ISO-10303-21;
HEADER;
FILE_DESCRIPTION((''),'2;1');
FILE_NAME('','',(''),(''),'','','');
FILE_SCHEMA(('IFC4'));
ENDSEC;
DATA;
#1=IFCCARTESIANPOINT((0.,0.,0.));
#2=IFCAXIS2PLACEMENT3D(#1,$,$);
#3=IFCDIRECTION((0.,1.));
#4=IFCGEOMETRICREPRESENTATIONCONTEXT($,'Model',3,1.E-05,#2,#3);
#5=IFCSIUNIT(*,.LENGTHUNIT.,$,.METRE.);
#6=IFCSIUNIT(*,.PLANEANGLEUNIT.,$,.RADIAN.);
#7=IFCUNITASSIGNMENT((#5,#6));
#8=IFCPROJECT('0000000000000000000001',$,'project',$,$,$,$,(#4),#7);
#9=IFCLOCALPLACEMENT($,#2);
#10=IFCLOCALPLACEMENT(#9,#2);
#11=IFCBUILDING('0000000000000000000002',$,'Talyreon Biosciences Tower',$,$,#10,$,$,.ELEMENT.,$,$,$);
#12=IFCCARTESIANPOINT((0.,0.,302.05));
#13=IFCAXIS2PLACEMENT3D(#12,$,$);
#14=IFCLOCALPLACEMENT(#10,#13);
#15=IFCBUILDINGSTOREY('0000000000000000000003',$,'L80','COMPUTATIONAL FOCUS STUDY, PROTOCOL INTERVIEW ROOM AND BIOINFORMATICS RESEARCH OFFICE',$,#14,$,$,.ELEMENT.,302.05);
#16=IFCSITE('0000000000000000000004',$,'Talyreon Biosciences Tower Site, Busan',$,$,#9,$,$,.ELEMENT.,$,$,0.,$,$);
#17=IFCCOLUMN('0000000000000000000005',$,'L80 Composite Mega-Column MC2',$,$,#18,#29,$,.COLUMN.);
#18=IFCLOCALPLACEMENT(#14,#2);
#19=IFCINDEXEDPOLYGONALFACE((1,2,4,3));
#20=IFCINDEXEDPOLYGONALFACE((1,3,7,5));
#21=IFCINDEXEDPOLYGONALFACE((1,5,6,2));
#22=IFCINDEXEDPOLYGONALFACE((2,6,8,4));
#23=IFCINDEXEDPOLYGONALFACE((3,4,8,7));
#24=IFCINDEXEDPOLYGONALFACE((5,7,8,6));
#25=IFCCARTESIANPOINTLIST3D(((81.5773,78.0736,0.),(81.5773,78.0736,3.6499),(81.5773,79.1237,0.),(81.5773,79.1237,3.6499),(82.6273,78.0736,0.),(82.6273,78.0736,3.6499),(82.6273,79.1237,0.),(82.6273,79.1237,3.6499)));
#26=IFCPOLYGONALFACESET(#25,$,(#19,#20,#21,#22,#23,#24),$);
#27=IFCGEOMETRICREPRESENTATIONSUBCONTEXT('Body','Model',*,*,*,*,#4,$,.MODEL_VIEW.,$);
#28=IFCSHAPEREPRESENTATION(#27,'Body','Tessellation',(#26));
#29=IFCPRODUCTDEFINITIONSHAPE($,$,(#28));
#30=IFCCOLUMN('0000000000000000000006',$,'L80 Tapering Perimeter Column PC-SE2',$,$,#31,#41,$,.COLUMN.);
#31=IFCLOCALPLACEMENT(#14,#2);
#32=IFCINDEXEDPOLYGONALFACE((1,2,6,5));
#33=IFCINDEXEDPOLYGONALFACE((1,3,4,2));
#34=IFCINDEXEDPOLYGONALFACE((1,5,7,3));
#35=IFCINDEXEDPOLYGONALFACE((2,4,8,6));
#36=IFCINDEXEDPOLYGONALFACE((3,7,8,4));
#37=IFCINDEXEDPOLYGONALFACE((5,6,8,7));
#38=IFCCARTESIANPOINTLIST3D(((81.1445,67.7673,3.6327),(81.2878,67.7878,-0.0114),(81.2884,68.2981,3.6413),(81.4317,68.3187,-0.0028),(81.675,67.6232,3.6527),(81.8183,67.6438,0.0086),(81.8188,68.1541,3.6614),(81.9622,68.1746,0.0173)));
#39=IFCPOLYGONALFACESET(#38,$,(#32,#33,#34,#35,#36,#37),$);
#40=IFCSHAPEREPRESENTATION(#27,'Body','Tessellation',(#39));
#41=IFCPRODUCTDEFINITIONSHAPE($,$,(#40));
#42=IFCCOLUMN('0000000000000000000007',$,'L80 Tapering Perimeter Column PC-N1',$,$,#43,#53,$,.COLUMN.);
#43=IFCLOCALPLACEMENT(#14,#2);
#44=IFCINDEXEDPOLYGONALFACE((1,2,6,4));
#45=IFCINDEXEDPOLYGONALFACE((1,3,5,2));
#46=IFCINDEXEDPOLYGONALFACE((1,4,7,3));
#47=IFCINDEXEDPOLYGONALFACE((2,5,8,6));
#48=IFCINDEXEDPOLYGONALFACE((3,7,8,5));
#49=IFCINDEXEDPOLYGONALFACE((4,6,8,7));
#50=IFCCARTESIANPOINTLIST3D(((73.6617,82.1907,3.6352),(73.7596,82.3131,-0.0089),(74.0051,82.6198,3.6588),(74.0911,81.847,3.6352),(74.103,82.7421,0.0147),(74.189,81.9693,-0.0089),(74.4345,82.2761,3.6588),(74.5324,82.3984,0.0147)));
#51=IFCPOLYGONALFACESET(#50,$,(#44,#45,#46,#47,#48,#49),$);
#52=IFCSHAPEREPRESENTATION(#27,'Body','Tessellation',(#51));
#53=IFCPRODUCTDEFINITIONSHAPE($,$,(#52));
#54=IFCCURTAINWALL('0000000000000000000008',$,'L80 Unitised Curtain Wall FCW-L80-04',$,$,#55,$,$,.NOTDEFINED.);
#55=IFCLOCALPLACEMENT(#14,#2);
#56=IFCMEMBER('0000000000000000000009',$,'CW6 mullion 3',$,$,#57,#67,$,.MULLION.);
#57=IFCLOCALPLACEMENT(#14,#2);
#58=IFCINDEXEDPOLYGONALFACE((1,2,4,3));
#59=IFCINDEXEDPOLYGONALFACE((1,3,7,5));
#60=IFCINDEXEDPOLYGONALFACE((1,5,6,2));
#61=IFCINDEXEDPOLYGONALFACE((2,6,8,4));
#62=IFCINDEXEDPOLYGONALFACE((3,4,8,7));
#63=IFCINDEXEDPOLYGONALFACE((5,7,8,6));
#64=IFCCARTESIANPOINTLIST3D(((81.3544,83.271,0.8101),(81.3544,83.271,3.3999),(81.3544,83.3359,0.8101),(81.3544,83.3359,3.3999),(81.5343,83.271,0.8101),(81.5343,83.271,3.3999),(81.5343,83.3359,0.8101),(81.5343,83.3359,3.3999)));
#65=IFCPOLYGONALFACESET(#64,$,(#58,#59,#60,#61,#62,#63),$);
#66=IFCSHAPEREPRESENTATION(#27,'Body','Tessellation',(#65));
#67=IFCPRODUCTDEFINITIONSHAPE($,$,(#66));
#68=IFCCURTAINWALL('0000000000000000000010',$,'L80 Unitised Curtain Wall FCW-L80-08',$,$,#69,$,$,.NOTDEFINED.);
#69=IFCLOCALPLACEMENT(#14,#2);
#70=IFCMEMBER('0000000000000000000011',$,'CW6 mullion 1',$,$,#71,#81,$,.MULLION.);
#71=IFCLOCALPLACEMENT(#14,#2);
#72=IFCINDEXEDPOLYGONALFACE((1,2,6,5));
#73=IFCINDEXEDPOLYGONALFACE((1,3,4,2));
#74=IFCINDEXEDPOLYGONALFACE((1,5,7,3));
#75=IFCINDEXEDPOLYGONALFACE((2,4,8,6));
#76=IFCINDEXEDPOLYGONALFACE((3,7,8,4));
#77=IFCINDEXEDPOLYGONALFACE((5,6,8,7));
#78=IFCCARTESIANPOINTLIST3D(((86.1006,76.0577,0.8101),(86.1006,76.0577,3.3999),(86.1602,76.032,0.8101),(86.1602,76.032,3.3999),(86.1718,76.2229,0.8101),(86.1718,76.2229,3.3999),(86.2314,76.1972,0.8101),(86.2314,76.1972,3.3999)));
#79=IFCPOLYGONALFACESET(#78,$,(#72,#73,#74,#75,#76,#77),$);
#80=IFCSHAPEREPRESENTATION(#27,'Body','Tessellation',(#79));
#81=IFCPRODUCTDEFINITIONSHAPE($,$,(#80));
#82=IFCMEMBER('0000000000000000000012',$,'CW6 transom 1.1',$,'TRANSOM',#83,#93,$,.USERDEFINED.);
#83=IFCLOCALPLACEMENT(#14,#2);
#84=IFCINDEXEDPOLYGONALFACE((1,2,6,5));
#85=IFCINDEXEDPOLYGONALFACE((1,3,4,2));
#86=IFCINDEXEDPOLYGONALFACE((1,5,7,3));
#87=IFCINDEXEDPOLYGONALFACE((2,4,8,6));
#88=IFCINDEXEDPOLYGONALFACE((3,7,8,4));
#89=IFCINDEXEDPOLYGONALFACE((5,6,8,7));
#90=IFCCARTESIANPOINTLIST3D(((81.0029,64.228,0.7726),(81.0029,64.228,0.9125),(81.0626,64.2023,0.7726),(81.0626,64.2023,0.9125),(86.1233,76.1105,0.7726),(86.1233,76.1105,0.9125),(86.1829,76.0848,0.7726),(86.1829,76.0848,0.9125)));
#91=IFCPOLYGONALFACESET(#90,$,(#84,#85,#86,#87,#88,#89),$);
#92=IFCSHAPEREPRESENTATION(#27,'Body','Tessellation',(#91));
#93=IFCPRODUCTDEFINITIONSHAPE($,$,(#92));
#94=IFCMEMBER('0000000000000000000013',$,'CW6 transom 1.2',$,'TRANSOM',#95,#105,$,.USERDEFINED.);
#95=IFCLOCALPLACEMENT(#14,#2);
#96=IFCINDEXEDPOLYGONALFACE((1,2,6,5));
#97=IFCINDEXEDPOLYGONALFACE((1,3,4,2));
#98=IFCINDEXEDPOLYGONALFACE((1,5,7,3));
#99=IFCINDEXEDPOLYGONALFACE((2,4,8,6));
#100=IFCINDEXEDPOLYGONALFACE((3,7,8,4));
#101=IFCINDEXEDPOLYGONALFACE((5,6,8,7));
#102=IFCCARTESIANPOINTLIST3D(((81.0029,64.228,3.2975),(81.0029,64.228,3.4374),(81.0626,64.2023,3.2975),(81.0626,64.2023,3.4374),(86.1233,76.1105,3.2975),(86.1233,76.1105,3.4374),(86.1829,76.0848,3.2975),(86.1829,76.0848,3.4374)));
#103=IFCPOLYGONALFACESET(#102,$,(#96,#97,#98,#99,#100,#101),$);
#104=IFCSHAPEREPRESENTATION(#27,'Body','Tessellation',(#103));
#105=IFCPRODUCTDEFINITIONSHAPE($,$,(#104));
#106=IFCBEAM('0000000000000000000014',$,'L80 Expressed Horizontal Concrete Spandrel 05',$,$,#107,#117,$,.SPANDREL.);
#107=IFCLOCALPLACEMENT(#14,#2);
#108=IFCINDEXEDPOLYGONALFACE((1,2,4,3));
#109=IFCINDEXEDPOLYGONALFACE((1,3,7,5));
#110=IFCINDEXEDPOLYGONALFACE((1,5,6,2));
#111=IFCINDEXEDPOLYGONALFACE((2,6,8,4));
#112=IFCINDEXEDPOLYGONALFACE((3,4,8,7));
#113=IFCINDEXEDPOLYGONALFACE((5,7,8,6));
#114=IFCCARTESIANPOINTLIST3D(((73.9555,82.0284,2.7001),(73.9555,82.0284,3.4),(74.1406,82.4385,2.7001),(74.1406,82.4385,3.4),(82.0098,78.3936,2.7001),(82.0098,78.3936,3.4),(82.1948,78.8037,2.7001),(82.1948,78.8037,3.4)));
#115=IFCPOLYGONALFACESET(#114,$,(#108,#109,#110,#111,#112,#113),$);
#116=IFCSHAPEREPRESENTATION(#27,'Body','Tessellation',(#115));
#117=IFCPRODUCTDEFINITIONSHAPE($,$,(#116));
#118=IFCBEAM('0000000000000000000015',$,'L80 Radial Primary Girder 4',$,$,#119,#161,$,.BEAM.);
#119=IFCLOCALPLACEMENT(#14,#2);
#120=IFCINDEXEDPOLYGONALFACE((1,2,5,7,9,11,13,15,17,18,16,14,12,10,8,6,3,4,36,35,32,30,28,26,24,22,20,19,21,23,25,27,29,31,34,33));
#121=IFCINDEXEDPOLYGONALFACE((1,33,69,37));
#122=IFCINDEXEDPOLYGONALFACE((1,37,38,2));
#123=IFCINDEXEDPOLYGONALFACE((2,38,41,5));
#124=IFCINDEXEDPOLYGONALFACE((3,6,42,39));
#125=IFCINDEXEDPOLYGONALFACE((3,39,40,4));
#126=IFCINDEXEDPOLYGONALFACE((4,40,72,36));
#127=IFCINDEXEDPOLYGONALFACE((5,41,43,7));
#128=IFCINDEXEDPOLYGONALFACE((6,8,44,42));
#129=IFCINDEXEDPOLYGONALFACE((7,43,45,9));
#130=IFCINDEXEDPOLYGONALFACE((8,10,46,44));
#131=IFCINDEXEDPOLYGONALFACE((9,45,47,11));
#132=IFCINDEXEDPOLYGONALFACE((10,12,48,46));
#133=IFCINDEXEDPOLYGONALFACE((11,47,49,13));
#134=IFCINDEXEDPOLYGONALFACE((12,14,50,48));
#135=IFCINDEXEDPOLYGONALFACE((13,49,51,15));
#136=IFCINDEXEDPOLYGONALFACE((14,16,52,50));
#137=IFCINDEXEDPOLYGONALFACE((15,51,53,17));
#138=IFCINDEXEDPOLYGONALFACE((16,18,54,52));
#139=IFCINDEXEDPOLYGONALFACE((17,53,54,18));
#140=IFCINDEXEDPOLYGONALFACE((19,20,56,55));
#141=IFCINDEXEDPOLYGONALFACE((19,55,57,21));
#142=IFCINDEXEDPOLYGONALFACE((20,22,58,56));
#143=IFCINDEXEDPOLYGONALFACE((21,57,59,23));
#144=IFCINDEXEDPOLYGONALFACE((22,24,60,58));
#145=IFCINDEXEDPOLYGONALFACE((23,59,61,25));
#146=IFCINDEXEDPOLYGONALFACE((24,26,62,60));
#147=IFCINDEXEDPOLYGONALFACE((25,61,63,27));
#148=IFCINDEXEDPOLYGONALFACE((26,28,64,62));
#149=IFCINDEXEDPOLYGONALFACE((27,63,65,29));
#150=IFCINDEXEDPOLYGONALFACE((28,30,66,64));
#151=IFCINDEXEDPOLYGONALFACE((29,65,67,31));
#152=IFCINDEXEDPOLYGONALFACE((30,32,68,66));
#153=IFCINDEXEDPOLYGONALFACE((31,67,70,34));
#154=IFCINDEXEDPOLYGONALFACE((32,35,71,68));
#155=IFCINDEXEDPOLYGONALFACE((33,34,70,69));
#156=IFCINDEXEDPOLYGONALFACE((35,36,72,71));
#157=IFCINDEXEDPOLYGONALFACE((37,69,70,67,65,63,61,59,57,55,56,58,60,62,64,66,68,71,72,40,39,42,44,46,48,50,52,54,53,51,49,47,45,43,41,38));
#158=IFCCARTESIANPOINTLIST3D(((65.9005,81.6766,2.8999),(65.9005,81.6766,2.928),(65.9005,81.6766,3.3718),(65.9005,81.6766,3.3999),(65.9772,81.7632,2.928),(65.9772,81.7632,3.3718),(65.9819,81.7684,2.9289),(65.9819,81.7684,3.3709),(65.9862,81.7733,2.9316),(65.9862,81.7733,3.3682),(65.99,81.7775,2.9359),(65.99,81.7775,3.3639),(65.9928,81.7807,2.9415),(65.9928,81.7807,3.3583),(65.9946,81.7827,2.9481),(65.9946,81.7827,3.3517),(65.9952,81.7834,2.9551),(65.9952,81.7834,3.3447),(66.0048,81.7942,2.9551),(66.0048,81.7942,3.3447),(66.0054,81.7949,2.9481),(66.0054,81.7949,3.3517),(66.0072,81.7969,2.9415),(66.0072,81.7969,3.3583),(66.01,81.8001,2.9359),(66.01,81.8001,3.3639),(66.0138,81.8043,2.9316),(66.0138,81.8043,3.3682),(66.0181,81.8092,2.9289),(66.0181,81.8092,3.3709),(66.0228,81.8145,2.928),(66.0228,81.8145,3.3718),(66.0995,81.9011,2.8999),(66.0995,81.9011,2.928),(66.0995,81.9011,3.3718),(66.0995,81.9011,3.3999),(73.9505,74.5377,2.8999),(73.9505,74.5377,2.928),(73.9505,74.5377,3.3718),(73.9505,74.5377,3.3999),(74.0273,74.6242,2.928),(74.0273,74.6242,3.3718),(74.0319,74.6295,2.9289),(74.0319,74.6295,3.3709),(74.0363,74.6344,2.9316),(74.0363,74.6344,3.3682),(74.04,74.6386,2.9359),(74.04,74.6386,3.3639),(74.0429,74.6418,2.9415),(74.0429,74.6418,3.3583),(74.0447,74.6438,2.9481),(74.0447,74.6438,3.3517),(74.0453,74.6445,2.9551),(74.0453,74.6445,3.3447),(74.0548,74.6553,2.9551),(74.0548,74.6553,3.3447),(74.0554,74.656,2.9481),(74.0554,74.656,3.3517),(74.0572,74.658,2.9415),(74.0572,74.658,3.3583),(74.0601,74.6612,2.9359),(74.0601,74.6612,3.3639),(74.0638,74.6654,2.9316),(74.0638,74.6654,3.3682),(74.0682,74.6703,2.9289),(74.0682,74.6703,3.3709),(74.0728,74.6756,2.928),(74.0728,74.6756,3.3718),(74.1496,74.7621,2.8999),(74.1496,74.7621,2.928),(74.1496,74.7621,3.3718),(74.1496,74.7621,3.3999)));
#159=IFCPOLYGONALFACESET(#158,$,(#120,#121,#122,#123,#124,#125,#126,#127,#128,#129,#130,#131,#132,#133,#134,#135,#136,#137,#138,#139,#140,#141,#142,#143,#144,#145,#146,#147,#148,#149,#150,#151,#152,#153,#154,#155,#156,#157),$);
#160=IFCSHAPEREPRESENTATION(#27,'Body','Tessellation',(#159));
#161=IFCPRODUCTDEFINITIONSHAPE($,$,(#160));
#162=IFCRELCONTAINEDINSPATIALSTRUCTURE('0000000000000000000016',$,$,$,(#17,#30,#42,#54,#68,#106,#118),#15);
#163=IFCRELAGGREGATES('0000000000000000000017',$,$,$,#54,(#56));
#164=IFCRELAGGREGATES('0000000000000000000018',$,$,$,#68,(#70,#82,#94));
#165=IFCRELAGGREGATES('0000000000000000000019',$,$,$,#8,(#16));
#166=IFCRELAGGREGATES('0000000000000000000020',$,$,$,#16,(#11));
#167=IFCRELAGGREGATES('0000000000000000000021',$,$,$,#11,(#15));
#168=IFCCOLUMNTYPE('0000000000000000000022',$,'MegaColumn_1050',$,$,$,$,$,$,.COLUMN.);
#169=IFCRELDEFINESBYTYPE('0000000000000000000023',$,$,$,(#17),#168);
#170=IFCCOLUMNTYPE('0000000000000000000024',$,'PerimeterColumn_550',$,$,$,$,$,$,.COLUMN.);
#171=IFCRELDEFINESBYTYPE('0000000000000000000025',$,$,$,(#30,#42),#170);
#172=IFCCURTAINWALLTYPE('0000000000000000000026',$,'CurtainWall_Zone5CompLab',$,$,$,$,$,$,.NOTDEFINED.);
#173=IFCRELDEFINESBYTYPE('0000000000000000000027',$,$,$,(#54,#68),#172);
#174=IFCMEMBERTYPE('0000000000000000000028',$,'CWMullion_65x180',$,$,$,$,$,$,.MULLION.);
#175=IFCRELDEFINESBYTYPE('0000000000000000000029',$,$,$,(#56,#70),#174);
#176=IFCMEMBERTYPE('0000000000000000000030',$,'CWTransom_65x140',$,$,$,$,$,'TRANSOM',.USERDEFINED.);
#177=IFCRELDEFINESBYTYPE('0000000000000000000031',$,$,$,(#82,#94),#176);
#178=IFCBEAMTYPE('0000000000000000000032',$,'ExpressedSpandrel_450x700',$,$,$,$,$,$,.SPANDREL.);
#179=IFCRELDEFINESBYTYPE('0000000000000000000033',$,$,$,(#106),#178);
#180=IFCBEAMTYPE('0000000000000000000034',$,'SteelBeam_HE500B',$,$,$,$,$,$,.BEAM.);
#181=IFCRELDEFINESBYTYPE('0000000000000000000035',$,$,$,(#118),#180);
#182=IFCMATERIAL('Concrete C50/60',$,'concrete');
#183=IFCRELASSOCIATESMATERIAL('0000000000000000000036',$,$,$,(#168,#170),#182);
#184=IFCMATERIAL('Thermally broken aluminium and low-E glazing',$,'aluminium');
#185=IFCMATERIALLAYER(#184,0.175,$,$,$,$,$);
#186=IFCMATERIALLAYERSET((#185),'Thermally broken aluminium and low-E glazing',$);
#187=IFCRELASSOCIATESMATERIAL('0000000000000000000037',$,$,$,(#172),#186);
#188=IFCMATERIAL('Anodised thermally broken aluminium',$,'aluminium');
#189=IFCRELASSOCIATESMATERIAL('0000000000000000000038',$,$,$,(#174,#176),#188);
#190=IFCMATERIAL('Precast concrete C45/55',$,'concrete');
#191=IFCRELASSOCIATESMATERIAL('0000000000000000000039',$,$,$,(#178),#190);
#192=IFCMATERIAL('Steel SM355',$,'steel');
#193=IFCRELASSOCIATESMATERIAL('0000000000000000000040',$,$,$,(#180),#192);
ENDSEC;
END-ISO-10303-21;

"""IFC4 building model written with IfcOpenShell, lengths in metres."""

from ifc_helpers import new_model, si_unit, direction, frame, origin, origin_2d, place, context, subcontext, project, spatial, rectangle, i_section, extrude, material, layer, layer_set, material_profile, profile_set, type_object, element, aggregate, save


model = new_model("IFC4")

# Units and contexts
model_context = context("Model", 3, precision=1e-05, world=origin(), true_north=direction((0.0, 1.0)))
body_context = subcontext(model_context, "Body", "Model", "MODEL_VIEW")
ifc_project = project(units=[si_unit("LENGTHUNIT", "METRE"), si_unit("PLANEANGLEUNIT", "RADIAN")], contexts=[model_context])

# Site, building, storey
site_placement = place(None, origin())
site = spatial("IfcSite", under=ifc_project, at=site_placement, Name="Talyreon Biosciences Tower Site, Busan", CompositionType="ELEMENT", RefElevation=0.0)
building_placement = place(site_placement, origin())
building = spatial("IfcBuilding", under=site, at=building_placement, Name="Talyreon Biosciences Tower", CompositionType="ELEMENT")
storey_placement = place(building_placement, frame((0.0, 0.0, 302.05)))
storey = spatial("IfcBuildingStorey", under=building, at=storey_placement, Name="L80", Description="COMPUTATIONAL FOCUS STUDY, PROTOCOL INTERVIEW ROOM AND BIOINFORMATICS RESEARCH OFFICE", CompositionType="ELEMENT", Elevation=302.05)

# Columns
ifc_material_1 = material(Name="Concrete C50/60", Category="concrete")
ifc_material_profile_1 = material_profile(ifc_material_1, rectangle(XDim=1.05, YDim=1.05, at=origin_2d()), Name="RC 1050x1050")
ifc_profile_set_1 = profile_set([ifc_material_profile_1], Name="Concrete C50/60")
column_type_1 = type_object("IfcColumnType", Name="MegaColumn_1050", PredefinedType="COLUMN", material=ifc_profile_set_1)
column_1_placement = place(storey_placement, frame((82.1023, 78.5986, 0.0), z_axis=(0.0, 0.0, 1.0), x_axis=(1.0, 0.0, 0.0)))
element("IfcColumn", 1, at=column_1_placement, inside=storey, type_object=column_type_1, Name="L80 Composite Mega-Column MC2", PredefinedType="COLUMN", context=body_context, shape_type="SweptSolid", body=[
    extrude(rectangle(XDim=1.05, YDim=1.05, at=origin_2d()), origin(), (0.0, 0.0, 1.0), 3.6499),
])
ifc_material_profile_2 = material_profile(ifc_material_1, rectangle(XDim=0.55, YDim=0.55, at=origin_2d()), Name="RC 550x550")
ifc_profile_set_2 = profile_set([ifc_material_profile_2], Name="Concrete C50/60")
column_type_2 = type_object("IfcColumnType", Name="PerimeterColumn_550", PredefinedType="COLUMN", material=ifc_profile_set_2)
column_2_placement = place(storey_placement, frame((81.625, 67.9812, 0.0029), z_axis=(-0.039296, -0.005623, 0.999212), x_axis=(0.964404, -0.261908, 0.036453)))
element("IfcColumn", 2, at=column_2_placement, inside=storey, type_object=column_type_2, Name="L80 Tapering Perimeter Column PC-SE2", PredefinedType="COLUMN", context=body_context, shape_type="SweptSolid", body=[
    extrude(rectangle(XDim=0.55, YDim=0.55, at=origin_2d()), origin(), (0.0, 0.0, 1.0), 3.647),
])
column_3_placement = place(storey_placement, frame((74.146, 82.3557, 0.0029), z_axis=(-0.026841, -0.033535, 0.999077), x_axis=(-0.780717, 0.624885, 0.0)))
element("IfcColumn", 3, at=column_3_placement, inside=storey, type_object=column_type_2, Name="L80 Tapering Perimeter Column PC-N1", PredefinedType="COLUMN", context=body_context, shape_type="SweptSolid", body=[
    extrude(rectangle(XDim=0.55, YDim=0.55, at=origin_2d()), origin(), (0.0, 0.0, 1.0), 3.6475),
])

# Curtain wall, member
ifc_material_2 = material(Name="Thermally broken aluminium and low-E glazing", Category="aluminium")
ifc_layer_1 = layer(ifc_material_2, 0.175)
ifc_layer_set_1 = layer_set([ifc_layer_1], Name="Thermally broken aluminium and low-E glazing")
curtain_wall_type = type_object("IfcCurtainWallType", Name="CurtainWall_Zone5CompLab", PredefinedType="NOTDEFINED", material=ifc_layer_set_1)
curtain_wall_1_placement = place(storey_placement, origin())
curtain_wall_1 = element("IfcCurtainWall", 4, at=curtain_wall_1_placement, inside=storey, type_object=curtain_wall_type, Name="L80 Unitised Curtain Wall FCW-L80-04", PredefinedType="NOTDEFINED")
ifc_material_3 = material(Name="Anodised thermally broken aluminium", Category="aluminium")
ifc_material_profile_3 = material_profile(ifc_material_3, rectangle(XDim=0.0649, YDim=0.1799, at=origin_2d()), Name="ALUM MULLION 65x180")
ifc_profile_set_3 = profile_set([ifc_material_profile_3], Name="Anodised thermally broken aluminium")
member_type_1 = type_object("IfcMemberType", Name="CWMullion_65x180", PredefinedType="MULLION", material=ifc_profile_set_3)
member_1_placement = place(storey_placement, frame((81.4443, 83.3035, 0.8101), z_axis=(0.0, 0.0, 1.0), x_axis=(0.0, 1.0, 0.0)))
member_1 = element("IfcMember", 5, at=member_1_placement, type_object=member_type_1, Name="CW6 mullion 3", PredefinedType="MULLION", context=body_context, shape_type="SweptSolid", body=[
    extrude(rectangle(XDim=0.0649, YDim=0.1799, at=origin_2d()), origin(), (0.0, 0.0, 1.0), 2.5898),
])
aggregate(curtain_wall_1, [member_1])

# Curtain wall, members
curtain_wall_2_placement = place(storey_placement, origin())
curtain_wall_2 = element("IfcCurtainWall", 6, at=curtain_wall_2_placement, inside=storey, type_object=curtain_wall_type, Name="L80 Unitised Curtain Wall FCW-L80-08", PredefinedType="NOTDEFINED")
member_2_placement = place(storey_placement, frame((86.166, 76.1274, 0.8101), z_axis=(0.0, 0.0, 1.0), x_axis=(0.918363, -0.395738, 0.0)))
member_2 = element("IfcMember", 7, at=member_2_placement, type_object=member_type_1, Name="CW6 mullion 1", PredefinedType="MULLION", context=body_context, shape_type="SweptSolid", body=[
    extrude(rectangle(XDim=0.0649, YDim=0.1799, at=origin_2d()), origin(), (0.0, 0.0, 1.0), 2.5898),
])
ifc_material_profile_4 = material_profile(ifc_material_3, rectangle(XDim=0.0649, YDim=0.1399, at=origin_2d()), Name="ALUM TRANSOM 65x140")
ifc_profile_set_4 = profile_set([ifc_material_profile_4], Name="Anodised thermally broken aluminium")
member_type_2 = type_object("IfcMemberType", Name="CWTransom_65x140", ElementType="TRANSOM", PredefinedType="USERDEFINED", material=ifc_profile_set_4)
member_3_placement = place(storey_placement, frame((86.1531, 76.0977, 0.8425), z_axis=(-0.395736, -0.918364, 0.0), x_axis=(0.918364, -0.395736, 0.0)))
member_3 = element("IfcMember", 8, at=member_3_placement, type_object=member_type_2, Name="CW6 transom 1.1", ObjectType="TRANSOM", PredefinedType="USERDEFINED", context=body_context, shape_type="SweptSolid", body=[
    extrude(rectangle(XDim=0.0649, YDim=0.1399, at=origin_2d()), origin(), (0.0, 0.0, 1.0), 12.9387),
])
member_4_placement = place(storey_placement, frame((86.1531, 76.0977, 3.3674), z_axis=(-0.395736, -0.918364, 0.0), x_axis=(0.918364, -0.395736, 0.0)))
member_4 = element("IfcMember", 9, at=member_4_placement, type_object=member_type_2, Name="CW6 transom 1.2", ObjectType="TRANSOM", PredefinedType="USERDEFINED", context=body_context, shape_type="SweptSolid", body=[
    extrude(rectangle(XDim=0.0649, YDim=0.1399, at=origin_2d()), origin(), (0.0, 0.0, 1.0), 12.9387),
])

# Beams
ifc_material_4 = material(Name="Precast concrete C45/55", Category="concrete")
ifc_material_profile_5 = material_profile(ifc_material_4, rectangle(XDim=0.45, YDim=0.7, at=origin_2d()), Name="RCB 450x700")
ifc_profile_set_5 = profile_set([ifc_material_profile_5], Name="Precast concrete C45/55")
beam_type_1 = type_object("IfcBeamType", Name="ExpressedSpandrel_450x700", PredefinedType="SPANDREL", material=ifc_profile_set_5)
beam_1_placement = place(storey_placement, frame((82.1023, 78.5986, 3.05), z_axis=(-0.911482, 0.411341, 0.0), x_axis=(-0.411341, -0.911482, 0.0)))
element("IfcBeam", 10, at=beam_1_placement, inside=storey, type_object=beam_type_1, Name="L80 Expressed Horizontal Concrete Spandrel 05", PredefinedType="SPANDREL", context=body_context, shape_type="SweptSolid", body=[
    extrude(rectangle(XDim=0.45, YDim=0.7, at=origin_2d()), origin(), (0.0, 0.0, 1.0), 8.8364),
])
ifc_material_5 = material(Name="Steel SM355", Category="steel")
ifc_material_profile_6 = material_profile(ifc_material_5, i_section(OverallWidth=0.3, OverallDepth=0.5, WebThickness=0.0144, FlangeThickness=0.0281, FilletRadius=0.0271, at=origin_2d()), Name="HE500B")
ifc_profile_set_6 = profile_set([ifc_material_profile_6], Name="Steel SM355")
beam_type_2 = type_object("IfcBeamType", Name="SteelBeam_HE500B", PredefinedType="BEAM", material=ifc_profile_set_6)
beam_2_placement = place(storey_placement, frame((74.05, 74.6499, 3.1499), z_axis=(-0.748179, 0.663497, 0.0), x_axis=(-0.663497, -0.748179, 0.0)))
element("IfcBeam", 11, at=beam_2_placement, inside=storey, type_object=beam_type_2, Name="L80 Radial Primary Girder 4", PredefinedType="BEAM", context=body_context, shape_type="SweptSolid", body=[
    extrude(i_section(OverallWidth=0.3, OverallDepth=0.5, WebThickness=0.0144, FlangeThickness=0.0281, FilletRadius=0.0271, at=origin_2d()), origin(), (0.0, 0.0, 1.0), 10.7595),
])

aggregate(curtain_wall_2, [member_2, member_3, member_4])

save(model, "model.ifc")
